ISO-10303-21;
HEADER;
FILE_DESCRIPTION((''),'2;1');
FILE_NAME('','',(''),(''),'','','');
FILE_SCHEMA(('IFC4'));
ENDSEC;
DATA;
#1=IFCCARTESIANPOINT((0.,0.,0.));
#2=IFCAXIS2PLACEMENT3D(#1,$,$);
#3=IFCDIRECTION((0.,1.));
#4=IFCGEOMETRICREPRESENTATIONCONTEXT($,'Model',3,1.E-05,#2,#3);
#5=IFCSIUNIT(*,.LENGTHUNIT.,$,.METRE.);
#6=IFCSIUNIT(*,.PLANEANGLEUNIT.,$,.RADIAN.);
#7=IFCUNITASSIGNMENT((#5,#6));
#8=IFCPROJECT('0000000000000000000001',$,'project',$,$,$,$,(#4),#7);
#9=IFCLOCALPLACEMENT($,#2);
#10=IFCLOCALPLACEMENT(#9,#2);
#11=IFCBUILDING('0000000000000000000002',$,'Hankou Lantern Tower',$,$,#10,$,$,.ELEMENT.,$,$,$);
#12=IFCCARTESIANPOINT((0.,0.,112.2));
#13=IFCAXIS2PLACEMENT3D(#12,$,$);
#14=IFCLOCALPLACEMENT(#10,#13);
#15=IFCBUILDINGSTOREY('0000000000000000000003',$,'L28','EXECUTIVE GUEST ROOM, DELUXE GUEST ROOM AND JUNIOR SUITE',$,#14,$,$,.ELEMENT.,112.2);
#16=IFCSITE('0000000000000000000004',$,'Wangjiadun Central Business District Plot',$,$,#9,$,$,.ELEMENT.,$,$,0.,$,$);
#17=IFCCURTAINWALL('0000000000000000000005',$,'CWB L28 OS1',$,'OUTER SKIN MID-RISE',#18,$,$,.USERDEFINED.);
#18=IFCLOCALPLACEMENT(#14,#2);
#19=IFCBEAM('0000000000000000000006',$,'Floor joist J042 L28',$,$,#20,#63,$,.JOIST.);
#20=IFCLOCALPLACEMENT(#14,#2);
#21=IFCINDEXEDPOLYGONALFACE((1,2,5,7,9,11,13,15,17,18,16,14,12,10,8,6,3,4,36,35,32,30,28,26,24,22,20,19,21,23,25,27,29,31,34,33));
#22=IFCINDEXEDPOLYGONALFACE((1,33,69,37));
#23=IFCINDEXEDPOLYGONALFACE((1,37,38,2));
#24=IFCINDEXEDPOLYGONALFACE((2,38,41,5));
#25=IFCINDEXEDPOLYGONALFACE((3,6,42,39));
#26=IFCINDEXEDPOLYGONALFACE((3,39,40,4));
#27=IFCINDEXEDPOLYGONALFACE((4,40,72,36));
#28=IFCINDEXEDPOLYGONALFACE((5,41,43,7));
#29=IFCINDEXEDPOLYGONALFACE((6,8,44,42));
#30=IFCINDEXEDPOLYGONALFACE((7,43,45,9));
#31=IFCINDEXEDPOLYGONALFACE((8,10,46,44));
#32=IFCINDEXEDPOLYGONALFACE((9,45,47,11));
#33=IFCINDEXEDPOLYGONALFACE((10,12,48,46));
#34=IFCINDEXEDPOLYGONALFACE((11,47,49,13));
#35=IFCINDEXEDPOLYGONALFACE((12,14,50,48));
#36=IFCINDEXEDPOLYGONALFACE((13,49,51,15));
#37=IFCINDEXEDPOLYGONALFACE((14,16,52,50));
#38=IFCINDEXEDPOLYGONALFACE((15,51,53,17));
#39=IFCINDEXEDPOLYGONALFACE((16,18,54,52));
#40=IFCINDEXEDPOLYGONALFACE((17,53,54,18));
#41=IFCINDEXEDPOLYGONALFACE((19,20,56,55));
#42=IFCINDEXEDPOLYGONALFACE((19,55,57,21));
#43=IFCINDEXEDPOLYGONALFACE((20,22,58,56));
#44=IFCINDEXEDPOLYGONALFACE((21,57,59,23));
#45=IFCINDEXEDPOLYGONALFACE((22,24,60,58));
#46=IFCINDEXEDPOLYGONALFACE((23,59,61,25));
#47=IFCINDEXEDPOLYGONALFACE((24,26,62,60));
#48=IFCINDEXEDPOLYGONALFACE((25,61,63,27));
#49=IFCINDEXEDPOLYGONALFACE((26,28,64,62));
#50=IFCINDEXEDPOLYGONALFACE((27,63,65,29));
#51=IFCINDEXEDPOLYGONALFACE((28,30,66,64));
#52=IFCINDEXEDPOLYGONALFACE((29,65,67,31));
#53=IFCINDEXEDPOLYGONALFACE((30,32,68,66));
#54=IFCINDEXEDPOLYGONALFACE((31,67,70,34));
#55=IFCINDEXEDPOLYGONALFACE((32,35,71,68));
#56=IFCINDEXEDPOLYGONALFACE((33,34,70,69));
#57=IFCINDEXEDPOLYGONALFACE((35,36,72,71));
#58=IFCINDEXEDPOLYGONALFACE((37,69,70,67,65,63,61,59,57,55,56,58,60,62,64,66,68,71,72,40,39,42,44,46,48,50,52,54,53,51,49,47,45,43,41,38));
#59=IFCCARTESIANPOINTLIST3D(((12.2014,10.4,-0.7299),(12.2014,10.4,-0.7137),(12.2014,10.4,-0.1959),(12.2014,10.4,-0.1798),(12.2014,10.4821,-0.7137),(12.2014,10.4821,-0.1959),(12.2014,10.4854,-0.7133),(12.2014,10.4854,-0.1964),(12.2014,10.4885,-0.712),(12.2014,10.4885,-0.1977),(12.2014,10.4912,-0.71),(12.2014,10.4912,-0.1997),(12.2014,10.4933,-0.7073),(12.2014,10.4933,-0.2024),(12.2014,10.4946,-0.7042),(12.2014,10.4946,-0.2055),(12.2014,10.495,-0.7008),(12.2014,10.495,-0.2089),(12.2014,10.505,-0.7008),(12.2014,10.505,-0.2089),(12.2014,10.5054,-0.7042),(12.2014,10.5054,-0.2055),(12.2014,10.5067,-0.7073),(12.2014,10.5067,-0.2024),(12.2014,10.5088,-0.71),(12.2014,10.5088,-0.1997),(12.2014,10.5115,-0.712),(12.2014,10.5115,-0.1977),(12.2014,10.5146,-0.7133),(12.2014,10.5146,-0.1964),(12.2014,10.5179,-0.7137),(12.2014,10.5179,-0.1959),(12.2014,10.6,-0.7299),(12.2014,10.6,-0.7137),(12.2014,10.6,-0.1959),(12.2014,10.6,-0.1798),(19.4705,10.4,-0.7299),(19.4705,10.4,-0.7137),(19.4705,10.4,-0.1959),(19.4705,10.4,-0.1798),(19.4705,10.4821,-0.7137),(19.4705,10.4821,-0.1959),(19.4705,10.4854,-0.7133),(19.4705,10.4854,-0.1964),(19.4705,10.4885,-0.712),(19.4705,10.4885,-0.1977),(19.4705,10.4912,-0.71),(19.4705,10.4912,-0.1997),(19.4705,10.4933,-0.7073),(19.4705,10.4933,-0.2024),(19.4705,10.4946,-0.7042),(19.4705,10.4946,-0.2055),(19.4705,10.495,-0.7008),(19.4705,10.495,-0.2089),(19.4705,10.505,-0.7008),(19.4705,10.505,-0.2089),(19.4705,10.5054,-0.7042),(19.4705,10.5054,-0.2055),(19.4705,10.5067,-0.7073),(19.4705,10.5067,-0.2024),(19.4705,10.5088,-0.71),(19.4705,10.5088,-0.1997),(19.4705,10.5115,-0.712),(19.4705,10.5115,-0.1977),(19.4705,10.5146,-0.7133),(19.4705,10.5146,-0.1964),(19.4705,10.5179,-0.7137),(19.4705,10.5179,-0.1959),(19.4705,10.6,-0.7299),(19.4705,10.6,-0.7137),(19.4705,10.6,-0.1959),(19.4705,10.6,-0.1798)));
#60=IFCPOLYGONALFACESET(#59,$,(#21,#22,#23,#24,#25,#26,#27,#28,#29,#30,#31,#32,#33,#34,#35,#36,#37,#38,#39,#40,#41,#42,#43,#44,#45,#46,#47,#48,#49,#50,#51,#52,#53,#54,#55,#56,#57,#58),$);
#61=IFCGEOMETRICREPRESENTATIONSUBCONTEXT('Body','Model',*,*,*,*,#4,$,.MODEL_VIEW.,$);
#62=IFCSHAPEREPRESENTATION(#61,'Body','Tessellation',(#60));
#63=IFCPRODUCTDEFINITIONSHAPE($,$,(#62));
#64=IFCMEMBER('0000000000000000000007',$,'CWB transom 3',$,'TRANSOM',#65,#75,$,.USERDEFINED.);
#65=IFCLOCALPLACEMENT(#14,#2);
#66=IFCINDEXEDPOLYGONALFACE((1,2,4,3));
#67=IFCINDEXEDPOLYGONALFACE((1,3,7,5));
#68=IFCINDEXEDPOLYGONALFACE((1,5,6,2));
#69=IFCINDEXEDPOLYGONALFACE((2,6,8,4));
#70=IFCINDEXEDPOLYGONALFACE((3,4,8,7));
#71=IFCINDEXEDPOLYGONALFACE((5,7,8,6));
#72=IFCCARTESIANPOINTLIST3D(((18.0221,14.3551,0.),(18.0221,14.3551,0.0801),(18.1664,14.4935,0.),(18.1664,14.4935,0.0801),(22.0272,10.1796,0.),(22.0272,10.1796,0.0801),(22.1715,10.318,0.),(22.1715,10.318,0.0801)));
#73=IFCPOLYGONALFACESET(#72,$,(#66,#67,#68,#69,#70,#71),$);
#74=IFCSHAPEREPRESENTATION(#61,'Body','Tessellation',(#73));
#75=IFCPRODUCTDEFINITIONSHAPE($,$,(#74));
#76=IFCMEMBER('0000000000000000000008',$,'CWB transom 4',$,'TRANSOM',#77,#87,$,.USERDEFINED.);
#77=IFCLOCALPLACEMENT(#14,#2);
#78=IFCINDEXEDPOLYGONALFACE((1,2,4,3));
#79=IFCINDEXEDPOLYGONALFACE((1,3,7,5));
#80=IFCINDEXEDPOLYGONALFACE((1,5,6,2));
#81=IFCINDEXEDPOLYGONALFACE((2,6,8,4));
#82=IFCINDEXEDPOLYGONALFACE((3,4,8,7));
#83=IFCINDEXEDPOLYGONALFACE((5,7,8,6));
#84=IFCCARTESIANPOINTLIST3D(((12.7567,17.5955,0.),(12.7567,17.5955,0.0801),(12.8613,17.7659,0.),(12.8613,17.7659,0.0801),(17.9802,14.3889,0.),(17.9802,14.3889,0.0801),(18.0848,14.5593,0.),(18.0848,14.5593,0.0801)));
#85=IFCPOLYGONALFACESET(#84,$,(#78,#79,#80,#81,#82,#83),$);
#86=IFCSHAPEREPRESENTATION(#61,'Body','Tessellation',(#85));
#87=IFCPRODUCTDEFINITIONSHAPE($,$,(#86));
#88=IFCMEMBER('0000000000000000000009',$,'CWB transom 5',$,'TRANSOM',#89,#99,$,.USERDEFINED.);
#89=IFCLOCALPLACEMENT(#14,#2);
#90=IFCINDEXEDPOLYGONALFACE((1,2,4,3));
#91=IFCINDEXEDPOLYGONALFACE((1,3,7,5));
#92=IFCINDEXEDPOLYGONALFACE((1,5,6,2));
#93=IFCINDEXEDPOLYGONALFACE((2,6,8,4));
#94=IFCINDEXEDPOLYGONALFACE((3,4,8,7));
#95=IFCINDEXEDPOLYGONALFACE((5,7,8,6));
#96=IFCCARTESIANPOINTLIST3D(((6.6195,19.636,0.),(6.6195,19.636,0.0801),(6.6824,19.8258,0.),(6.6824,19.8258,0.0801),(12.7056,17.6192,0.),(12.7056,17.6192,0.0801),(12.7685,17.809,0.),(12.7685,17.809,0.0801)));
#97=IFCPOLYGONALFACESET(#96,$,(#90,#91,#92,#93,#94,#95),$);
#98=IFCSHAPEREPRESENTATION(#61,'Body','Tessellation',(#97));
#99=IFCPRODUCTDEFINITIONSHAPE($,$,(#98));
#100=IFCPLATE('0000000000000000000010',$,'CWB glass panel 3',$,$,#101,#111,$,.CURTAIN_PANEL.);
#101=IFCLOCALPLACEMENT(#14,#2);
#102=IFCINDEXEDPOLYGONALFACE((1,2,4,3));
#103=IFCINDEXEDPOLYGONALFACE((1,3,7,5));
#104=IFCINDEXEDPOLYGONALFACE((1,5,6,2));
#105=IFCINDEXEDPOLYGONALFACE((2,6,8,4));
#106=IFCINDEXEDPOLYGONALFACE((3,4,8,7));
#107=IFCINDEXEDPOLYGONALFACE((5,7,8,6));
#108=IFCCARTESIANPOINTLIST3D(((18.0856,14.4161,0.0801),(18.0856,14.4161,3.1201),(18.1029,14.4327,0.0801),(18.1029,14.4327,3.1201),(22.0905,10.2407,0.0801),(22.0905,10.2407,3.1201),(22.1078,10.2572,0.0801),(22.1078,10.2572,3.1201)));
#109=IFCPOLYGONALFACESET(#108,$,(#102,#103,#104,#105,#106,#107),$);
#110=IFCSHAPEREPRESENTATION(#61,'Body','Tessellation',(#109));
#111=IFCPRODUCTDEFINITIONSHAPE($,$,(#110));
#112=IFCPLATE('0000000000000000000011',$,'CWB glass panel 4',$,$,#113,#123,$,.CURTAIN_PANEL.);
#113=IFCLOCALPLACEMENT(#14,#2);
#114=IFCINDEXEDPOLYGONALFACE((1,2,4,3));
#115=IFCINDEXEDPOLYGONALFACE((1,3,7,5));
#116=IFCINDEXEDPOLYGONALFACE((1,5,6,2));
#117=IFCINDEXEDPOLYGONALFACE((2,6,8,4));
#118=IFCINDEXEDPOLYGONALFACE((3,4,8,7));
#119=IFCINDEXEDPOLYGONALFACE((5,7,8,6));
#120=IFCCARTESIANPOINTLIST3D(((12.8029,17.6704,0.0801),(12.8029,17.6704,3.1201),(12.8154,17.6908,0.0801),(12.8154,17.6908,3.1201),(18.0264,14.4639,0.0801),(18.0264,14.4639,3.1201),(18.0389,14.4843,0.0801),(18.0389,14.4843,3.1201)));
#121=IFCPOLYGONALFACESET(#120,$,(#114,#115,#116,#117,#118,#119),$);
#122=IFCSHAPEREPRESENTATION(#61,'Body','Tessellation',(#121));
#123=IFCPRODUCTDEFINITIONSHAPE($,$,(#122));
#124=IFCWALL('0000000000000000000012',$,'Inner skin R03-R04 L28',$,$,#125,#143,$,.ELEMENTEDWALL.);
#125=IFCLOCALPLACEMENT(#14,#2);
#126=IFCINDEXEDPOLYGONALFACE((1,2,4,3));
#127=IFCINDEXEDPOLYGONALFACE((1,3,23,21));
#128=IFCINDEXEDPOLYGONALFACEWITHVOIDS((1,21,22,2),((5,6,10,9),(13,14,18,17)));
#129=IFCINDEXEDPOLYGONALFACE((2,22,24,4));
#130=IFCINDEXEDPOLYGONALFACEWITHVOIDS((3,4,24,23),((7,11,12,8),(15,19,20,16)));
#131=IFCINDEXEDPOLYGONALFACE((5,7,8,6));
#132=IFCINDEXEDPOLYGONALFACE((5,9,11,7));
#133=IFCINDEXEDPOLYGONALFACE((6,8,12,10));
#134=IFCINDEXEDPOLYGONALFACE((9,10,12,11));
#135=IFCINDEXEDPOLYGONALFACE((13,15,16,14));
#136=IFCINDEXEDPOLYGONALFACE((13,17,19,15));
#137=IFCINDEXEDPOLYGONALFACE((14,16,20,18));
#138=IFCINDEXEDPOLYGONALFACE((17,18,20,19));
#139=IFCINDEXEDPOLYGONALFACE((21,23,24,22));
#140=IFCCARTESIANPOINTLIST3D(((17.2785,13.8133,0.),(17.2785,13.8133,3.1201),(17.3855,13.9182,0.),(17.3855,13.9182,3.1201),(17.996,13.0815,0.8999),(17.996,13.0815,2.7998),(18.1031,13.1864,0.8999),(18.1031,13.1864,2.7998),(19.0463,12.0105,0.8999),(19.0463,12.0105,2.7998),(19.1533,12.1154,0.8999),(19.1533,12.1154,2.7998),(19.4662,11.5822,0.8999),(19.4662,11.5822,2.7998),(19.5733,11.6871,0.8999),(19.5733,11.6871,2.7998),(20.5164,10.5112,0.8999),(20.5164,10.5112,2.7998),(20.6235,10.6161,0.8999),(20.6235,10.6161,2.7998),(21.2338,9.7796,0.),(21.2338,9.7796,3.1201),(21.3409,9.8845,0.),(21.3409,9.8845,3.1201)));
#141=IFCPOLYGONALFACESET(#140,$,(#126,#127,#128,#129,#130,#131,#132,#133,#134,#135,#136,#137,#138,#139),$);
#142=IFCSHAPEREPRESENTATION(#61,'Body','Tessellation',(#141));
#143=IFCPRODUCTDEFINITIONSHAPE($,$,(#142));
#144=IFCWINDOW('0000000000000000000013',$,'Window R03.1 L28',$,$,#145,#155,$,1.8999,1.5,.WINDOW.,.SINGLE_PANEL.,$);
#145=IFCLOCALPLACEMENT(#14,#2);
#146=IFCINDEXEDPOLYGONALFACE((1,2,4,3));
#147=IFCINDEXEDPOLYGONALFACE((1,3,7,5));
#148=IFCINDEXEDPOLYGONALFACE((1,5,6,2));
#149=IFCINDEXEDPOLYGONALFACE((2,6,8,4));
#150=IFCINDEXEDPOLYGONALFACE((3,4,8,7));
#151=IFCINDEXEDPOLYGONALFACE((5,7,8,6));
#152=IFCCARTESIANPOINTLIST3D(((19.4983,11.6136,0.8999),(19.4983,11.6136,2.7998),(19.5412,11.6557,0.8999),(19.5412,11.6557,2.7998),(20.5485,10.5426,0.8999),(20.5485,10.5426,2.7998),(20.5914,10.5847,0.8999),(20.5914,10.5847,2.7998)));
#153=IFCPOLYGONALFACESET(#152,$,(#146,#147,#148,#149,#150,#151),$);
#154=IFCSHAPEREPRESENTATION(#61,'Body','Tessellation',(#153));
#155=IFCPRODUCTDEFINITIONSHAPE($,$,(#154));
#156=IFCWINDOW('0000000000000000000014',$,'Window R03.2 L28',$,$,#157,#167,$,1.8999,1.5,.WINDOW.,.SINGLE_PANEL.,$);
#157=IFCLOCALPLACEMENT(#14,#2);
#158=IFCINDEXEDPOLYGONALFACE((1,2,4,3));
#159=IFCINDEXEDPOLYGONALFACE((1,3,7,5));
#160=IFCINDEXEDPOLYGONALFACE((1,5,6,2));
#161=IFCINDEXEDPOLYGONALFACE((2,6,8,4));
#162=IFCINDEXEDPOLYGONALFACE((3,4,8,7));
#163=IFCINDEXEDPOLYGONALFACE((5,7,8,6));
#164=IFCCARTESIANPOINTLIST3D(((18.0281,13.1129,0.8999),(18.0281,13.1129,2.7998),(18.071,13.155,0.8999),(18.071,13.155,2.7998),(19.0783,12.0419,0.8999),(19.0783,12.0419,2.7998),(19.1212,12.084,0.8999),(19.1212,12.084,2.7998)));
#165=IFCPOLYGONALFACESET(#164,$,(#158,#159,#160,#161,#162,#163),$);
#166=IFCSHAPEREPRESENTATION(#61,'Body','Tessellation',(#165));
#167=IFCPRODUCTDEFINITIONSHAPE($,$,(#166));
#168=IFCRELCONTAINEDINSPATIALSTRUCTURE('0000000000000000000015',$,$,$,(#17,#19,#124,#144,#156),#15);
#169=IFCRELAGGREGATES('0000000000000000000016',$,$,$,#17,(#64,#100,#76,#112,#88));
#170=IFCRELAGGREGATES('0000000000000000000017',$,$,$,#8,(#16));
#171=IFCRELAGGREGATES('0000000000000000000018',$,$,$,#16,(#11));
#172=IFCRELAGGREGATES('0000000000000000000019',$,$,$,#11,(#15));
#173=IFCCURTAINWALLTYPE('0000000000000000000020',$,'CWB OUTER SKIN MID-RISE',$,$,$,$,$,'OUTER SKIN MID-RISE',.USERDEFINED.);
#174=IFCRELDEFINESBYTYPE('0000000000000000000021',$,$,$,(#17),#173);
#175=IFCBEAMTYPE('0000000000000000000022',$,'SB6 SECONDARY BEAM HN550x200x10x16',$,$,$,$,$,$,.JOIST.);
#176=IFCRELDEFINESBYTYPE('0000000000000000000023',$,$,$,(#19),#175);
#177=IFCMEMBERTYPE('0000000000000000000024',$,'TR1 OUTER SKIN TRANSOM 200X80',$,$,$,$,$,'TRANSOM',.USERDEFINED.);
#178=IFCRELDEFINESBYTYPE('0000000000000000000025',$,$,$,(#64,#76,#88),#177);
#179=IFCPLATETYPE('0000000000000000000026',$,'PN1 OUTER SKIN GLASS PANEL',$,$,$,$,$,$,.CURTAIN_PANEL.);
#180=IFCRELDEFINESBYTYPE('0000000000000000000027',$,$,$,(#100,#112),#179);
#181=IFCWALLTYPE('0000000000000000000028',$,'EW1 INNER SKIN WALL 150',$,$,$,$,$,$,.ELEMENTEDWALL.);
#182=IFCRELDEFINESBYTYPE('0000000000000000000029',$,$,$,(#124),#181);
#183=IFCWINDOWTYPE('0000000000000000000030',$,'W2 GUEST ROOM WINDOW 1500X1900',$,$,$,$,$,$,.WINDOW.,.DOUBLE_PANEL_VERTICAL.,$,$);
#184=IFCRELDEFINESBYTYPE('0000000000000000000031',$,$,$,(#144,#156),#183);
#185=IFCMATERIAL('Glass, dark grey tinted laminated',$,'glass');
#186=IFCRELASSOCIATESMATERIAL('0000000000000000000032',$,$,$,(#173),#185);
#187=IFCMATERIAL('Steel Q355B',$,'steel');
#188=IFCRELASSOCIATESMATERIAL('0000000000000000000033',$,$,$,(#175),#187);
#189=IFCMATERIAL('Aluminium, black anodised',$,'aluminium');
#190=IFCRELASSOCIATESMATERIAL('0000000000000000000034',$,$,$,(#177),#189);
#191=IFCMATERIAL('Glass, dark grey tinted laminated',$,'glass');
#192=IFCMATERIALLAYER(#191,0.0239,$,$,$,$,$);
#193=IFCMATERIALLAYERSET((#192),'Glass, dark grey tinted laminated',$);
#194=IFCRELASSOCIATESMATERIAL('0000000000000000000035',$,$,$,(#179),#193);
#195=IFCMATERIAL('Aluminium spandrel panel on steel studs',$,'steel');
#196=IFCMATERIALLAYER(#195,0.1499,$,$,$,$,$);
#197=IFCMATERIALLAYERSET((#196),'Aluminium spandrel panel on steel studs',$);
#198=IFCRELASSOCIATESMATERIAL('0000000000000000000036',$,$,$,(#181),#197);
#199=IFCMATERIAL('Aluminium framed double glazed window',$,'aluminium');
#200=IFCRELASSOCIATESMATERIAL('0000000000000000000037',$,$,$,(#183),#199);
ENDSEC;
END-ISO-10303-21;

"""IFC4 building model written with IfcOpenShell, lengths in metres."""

from ifc_helpers import new_model, si_unit, direction, frame, frame_2d, origin, origin_2d, place, context, subcontext, project, spatial, rectangle, i_section, extrude, material, layer, layer_set, material_profile, profile_set, type_object, element, fill, aggregate, save


model = new_model("IFC4")

# Units and contexts
model_context = context("Model", 3, precision=1e-05, world=origin(), true_north=direction((0.0, 1.0)))
body_context = subcontext(model_context, "Body", "Model", "MODEL_VIEW")
ifc_project = project(units=[si_unit("LENGTHUNIT", "METRE"), si_unit("PLANEANGLEUNIT", "RADIAN")], contexts=[model_context])

# Site, building, storey
site_placement = place(None, origin())
site = spatial("IfcSite", under=ifc_project, at=site_placement, Name="Wangjiadun Central Business District Plot", CompositionType="ELEMENT", RefElevation=0.0)
building_placement = place(site_placement, origin())
building = spatial("IfcBuilding", under=site, at=building_placement, Name="Hankou Lantern Tower", CompositionType="ELEMENT")
storey_placement = place(building_placement, frame((0.0, 0.0, 112.2)))
storey = spatial("IfcBuildingStorey", under=building, at=storey_placement, Name="L28", Description="EXECUTIVE GUEST ROOM, DELUXE GUEST ROOM AND JUNIOR SUITE", CompositionType="ELEMENT", Elevation=112.2)

# Curtain wall
ifc_material_1 = material(Name="Glass, dark grey tinted laminated", Category="glass")
curtain_wall_type = type_object("IfcCurtainWallType", Name="CWB OUTER SKIN MID-RISE", ElementType="OUTER SKIN MID-RISE", PredefinedType="USERDEFINED", material=ifc_material_1)
curtain_wall_placement = place(storey_placement, origin())
curtain_wall = element("IfcCurtainWall", 1, at=curtain_wall_placement, inside=storey, type_object=curtain_wall_type, Name="CWB L28 OS1", ObjectType="OUTER SKIN MID-RISE", PredefinedType="USERDEFINED")

# Beam
ifc_material_2 = material(Name="Steel Q355B", Category="steel")
ifc_material_profile_1 = material_profile(ifc_material_2, i_section(OverallWidth=0.2, OverallDepth=0.55, WebThickness=0.01, FlangeThickness=0.0161, FilletRadius=0.0129, at=origin_2d()), Name="HN550x200x10x16")
ifc_profile_set_1 = profile_set([ifc_material_profile_1], Name="Steel Q355B")
beam_type_1 = type_object("IfcBeamType", Name="SB6 SECONDARY BEAM HN550x200x10x16", PredefinedType="JOIST", material=ifc_profile_set_1)
beam_1_placement = place(storey_placement, frame((12.2014, 10.5, -0.4548), z_axis=(1.0, 0.0, 0.0), x_axis=(0.0, 1.0, 0.0)))
element("IfcBeam", 2, at=beam_1_placement, inside=storey, type_object=beam_type_1, Name="Floor joist J042 L28", PredefinedType="JOIST", context=body_context, shape_type="SweptSolid", body=[
    extrude(i_section(OverallWidth=0.2, OverallDepth=0.55, WebThickness=0.01, FlangeThickness=0.0161, FilletRadius=0.0129, at=origin_2d()), origin(), (0.0, 0.0, 1.0), 7.269),
])

# Members
ifc_material_3 = material(Name="Aluminium, black anodised", Category="aluminium")
ifc_material_profile_2 = material_profile(ifc_material_3, rectangle(XDim=0.2, YDim=0.0801, at=origin_2d()), Name="TR1 200X80")
ifc_profile_set_2 = profile_set([ifc_material_profile_2], Name="Aluminium, black anodised")
member_type_1 = type_object("IfcMemberType", Name="TR1 OUTER SKIN TRANSOM 200X80", ElementType="TRANSOM", PredefinedType="USERDEFINED", material=ifc_profile_set_2)
member_1_placement = place(storey_placement, frame((22.0994, 10.2488, 0.04), z_axis=(-0.692227, 0.72168, 0.0), x_axis=(-0.72168, -0.692227, 0.0)))
member_1 = element("IfcMember", 3, at=member_1_placement, type_object=member_type_1, Name="CWB transom 3", ObjectType="TRANSOM", PredefinedType="USERDEFINED", context=body_context, shape_type="SweptSolid", body=[
    extrude(rectangle(XDim=0.2, YDim=0.0801, at=origin_2d()), origin(), (0.0, 0.0, 1.0), 5.7859),
])
member_2_placement = place(storey_placement, frame((18.0325, 14.4741, 0.04), z_axis=(-0.852229, 0.523168, 0.0), x_axis=(-0.523168, -0.852229, 0.0)))
member_2 = element("IfcMember", 4, at=member_2_placement, type_object=member_type_1, Name="CWB transom 4", ObjectType="TRANSOM", PredefinedType="USERDEFINED", context=body_context, shape_type="SweptSolid", body=[
    extrude(rectangle(XDim=0.2, YDim=0.0801, at=origin_2d()), origin(), (0.0, 0.0, 1.0), 6.1292),
])
member_3_placement = place(storey_placement, frame((12.7371, 17.7141, 0.04), z_axis=(-0.949238, 0.314559, 0.0), x_axis=(-0.314559, -0.949238, 0.0)))
member_3 = element("IfcMember", 5, at=member_3_placement, type_object=member_type_1, Name="CWB transom 5", ObjectType="TRANSOM", PredefinedType="USERDEFINED", context=body_context, shape_type="SweptSolid", body=[
    extrude(rectangle(XDim=0.2, YDim=0.0801, at=origin_2d()), origin(), (0.0, 0.0, 1.0), 6.4116),
])

# Plates
ifc_material_4 = material(Name="Glass, dark grey tinted laminated", Category="glass")
ifc_layer_1 = layer(ifc_material_4, 0.0239)
ifc_layer_set_1 = layer_set([ifc_layer_1], Name="Glass, dark grey tinted laminated")
plate_type = type_object("IfcPlateType", Name="PN1 OUTER SKIN GLASS PANEL", PredefinedType="CURTAIN_PANEL", material=ifc_layer_set_1)
plate_1_placement = place(storey_placement, frame((20.0967, 12.3367, 0.0801), z_axis=(0.0, 0.0, 1.0), x_axis=(-0.692216, 0.721691, 0.0)))
plate_1 = element("IfcPlate", 6, at=plate_1_placement, type_object=plate_type, Name="CWB glass panel 3", PredefinedType="CURTAIN_PANEL", context=body_context, shape_type="SweptSolid", body=[
    extrude(rectangle(XDim=5.7856, YDim=0.0239, at=origin_2d()), origin(), (0.0, 0.0, 1.0), 3.04),
])
plate_2_placement = place(storey_placement, frame((15.4209, 16.0774, 0.0801), z_axis=(0.0, 0.0, 1.0), x_axis=(-0.852237, 0.523156, 0.0)))
plate_2 = element("IfcPlate", 7, at=plate_2_placement, type_object=plate_type, Name="CWB glass panel 4", PredefinedType="CURTAIN_PANEL", context=body_context, shape_type="SweptSolid", body=[
    extrude(rectangle(XDim=6.1292, YDim=0.0239, at=origin_2d()), origin(), (0.0, 0.0, 1.0), 3.04),
])
aggregate(curtain_wall, [member_1, plate_1, member_2, plate_2, member_3])

# Wall, openings, windows
ifc_material_5 = material(Name="Aluminium spandrel panel on steel studs", Category="steel")
ifc_layer_2 = layer(ifc_material_5, 0.1499)
ifc_layer_set_2 = layer_set([ifc_layer_2], Name="Aluminium spandrel panel on steel studs")
wall_type_1 = type_object("IfcWallType", Name="EW1 INNER SKIN WALL 150", PredefinedType="ELEMENTEDWALL", material=ifc_layer_set_2)
wall_1_placement = place(storey_placement, frame((21.2874, 9.832, 0.0), z_axis=(0.0, 0.0, 1.0), x_axis=(-0.700137, 0.714009, 0.0)))
wall_1 = element("IfcWall", 8, at=wall_1_placement, inside=storey, type_object=wall_type_1, Name="Inner skin R03-R04 L28", PredefinedType="ELEMENTEDWALL", context=body_context, shape_type="SweptSolid", body=[
    extrude(rectangle(XDim=5.6494, YDim=0.1499, at=frame_2d((2.8247, 0.0))), origin(), (0.0, 0.0, 1.0), 3.1201),
])
opening_1_placement = place(wall_1_placement, frame((1.0247, 0.0, 0.8999)))
opening_1 = element("IfcOpeningElement", 9, at=opening_1_placement, cuts=wall_1, PredefinedType="OPENING", context=body_context, shape_type="SweptSolid", body=[
    extrude(rectangle(XDim=1.5, YDim=1.8999, at=frame_2d((0.75, 0.95))), frame((0.0, 0.085, 0.0), z_axis=(0.0, -1.0, 0.0), x_axis=(1.0, 0.0, 0.0)), (0.0, 0.0, 1.0), 0.1699),
])
opening_2_placement = place(wall_1_placement, frame((3.1245, 0.0, 0.8999)))
opening_2 = element("IfcOpeningElement", 10, at=opening_2_placement, cuts=wall_1, PredefinedType="OPENING", context=body_context, shape_type="SweptSolid", body=[
    extrude(rectangle(XDim=1.5, YDim=1.8999, at=frame_2d((0.75, 0.95))), frame((0.0, 0.085, 0.0), z_axis=(0.0, -1.0, 0.0), x_axis=(1.0, 0.0, 0.0)), (0.0, 0.0, 1.0), 0.1699),
])
ifc_material_6 = material(Name="Aluminium framed double glazed window", Category="aluminium")
window_type = type_object("IfcWindowType", Name="W2 GUEST ROOM WINDOW 1500X1900", PartitioningType="DOUBLE_PANEL_VERTICAL", PredefinedType="WINDOW", material=ifc_material_6)
window_1_placement = place(opening_1_placement, origin())
window_1 = element("IfcWindow", 11, at=window_1_placement, inside=storey, type_object=window_type, Name="Window R03.1 L28", OverallHeight=1.8999, OverallWidth=1.5, PartitioningType="SINGLE_PANEL", PredefinedType="WINDOW", context=body_context, shape_type="SweptSolid", body=[
    extrude(rectangle(XDim=1.5, YDim=1.8999, at=frame_2d((0.75, 0.95))), frame((0.0, 0.03, 0.0), z_axis=(0.0, -1.0, 0.0), x_axis=(1.0, 0.0, 0.0)), (0.0, 0.0, 1.0), 0.0601),
])
fill(opening_1, window_1)
window_2_placement = place(opening_2_placement, origin())
window_2 = element("IfcWindow", 12, at=window_2_placement, inside=storey, type_object=window_type, Name="Window R03.2 L28", OverallHeight=1.8999, OverallWidth=1.5, PartitioningType="SINGLE_PANEL", PredefinedType="WINDOW", context=body_context, shape_type="SweptSolid", body=[
    extrude(rectangle(XDim=1.5, YDim=1.8999, at=frame_2d((0.75, 0.95))), frame((0.0, 0.03, 0.0), z_axis=(0.0, -1.0, 0.0), x_axis=(1.0, 0.0, 0.0)), (0.0, 0.0, 1.0), 0.0601),
])
fill(opening_2, window_2)

save(model, "model.ifc")
